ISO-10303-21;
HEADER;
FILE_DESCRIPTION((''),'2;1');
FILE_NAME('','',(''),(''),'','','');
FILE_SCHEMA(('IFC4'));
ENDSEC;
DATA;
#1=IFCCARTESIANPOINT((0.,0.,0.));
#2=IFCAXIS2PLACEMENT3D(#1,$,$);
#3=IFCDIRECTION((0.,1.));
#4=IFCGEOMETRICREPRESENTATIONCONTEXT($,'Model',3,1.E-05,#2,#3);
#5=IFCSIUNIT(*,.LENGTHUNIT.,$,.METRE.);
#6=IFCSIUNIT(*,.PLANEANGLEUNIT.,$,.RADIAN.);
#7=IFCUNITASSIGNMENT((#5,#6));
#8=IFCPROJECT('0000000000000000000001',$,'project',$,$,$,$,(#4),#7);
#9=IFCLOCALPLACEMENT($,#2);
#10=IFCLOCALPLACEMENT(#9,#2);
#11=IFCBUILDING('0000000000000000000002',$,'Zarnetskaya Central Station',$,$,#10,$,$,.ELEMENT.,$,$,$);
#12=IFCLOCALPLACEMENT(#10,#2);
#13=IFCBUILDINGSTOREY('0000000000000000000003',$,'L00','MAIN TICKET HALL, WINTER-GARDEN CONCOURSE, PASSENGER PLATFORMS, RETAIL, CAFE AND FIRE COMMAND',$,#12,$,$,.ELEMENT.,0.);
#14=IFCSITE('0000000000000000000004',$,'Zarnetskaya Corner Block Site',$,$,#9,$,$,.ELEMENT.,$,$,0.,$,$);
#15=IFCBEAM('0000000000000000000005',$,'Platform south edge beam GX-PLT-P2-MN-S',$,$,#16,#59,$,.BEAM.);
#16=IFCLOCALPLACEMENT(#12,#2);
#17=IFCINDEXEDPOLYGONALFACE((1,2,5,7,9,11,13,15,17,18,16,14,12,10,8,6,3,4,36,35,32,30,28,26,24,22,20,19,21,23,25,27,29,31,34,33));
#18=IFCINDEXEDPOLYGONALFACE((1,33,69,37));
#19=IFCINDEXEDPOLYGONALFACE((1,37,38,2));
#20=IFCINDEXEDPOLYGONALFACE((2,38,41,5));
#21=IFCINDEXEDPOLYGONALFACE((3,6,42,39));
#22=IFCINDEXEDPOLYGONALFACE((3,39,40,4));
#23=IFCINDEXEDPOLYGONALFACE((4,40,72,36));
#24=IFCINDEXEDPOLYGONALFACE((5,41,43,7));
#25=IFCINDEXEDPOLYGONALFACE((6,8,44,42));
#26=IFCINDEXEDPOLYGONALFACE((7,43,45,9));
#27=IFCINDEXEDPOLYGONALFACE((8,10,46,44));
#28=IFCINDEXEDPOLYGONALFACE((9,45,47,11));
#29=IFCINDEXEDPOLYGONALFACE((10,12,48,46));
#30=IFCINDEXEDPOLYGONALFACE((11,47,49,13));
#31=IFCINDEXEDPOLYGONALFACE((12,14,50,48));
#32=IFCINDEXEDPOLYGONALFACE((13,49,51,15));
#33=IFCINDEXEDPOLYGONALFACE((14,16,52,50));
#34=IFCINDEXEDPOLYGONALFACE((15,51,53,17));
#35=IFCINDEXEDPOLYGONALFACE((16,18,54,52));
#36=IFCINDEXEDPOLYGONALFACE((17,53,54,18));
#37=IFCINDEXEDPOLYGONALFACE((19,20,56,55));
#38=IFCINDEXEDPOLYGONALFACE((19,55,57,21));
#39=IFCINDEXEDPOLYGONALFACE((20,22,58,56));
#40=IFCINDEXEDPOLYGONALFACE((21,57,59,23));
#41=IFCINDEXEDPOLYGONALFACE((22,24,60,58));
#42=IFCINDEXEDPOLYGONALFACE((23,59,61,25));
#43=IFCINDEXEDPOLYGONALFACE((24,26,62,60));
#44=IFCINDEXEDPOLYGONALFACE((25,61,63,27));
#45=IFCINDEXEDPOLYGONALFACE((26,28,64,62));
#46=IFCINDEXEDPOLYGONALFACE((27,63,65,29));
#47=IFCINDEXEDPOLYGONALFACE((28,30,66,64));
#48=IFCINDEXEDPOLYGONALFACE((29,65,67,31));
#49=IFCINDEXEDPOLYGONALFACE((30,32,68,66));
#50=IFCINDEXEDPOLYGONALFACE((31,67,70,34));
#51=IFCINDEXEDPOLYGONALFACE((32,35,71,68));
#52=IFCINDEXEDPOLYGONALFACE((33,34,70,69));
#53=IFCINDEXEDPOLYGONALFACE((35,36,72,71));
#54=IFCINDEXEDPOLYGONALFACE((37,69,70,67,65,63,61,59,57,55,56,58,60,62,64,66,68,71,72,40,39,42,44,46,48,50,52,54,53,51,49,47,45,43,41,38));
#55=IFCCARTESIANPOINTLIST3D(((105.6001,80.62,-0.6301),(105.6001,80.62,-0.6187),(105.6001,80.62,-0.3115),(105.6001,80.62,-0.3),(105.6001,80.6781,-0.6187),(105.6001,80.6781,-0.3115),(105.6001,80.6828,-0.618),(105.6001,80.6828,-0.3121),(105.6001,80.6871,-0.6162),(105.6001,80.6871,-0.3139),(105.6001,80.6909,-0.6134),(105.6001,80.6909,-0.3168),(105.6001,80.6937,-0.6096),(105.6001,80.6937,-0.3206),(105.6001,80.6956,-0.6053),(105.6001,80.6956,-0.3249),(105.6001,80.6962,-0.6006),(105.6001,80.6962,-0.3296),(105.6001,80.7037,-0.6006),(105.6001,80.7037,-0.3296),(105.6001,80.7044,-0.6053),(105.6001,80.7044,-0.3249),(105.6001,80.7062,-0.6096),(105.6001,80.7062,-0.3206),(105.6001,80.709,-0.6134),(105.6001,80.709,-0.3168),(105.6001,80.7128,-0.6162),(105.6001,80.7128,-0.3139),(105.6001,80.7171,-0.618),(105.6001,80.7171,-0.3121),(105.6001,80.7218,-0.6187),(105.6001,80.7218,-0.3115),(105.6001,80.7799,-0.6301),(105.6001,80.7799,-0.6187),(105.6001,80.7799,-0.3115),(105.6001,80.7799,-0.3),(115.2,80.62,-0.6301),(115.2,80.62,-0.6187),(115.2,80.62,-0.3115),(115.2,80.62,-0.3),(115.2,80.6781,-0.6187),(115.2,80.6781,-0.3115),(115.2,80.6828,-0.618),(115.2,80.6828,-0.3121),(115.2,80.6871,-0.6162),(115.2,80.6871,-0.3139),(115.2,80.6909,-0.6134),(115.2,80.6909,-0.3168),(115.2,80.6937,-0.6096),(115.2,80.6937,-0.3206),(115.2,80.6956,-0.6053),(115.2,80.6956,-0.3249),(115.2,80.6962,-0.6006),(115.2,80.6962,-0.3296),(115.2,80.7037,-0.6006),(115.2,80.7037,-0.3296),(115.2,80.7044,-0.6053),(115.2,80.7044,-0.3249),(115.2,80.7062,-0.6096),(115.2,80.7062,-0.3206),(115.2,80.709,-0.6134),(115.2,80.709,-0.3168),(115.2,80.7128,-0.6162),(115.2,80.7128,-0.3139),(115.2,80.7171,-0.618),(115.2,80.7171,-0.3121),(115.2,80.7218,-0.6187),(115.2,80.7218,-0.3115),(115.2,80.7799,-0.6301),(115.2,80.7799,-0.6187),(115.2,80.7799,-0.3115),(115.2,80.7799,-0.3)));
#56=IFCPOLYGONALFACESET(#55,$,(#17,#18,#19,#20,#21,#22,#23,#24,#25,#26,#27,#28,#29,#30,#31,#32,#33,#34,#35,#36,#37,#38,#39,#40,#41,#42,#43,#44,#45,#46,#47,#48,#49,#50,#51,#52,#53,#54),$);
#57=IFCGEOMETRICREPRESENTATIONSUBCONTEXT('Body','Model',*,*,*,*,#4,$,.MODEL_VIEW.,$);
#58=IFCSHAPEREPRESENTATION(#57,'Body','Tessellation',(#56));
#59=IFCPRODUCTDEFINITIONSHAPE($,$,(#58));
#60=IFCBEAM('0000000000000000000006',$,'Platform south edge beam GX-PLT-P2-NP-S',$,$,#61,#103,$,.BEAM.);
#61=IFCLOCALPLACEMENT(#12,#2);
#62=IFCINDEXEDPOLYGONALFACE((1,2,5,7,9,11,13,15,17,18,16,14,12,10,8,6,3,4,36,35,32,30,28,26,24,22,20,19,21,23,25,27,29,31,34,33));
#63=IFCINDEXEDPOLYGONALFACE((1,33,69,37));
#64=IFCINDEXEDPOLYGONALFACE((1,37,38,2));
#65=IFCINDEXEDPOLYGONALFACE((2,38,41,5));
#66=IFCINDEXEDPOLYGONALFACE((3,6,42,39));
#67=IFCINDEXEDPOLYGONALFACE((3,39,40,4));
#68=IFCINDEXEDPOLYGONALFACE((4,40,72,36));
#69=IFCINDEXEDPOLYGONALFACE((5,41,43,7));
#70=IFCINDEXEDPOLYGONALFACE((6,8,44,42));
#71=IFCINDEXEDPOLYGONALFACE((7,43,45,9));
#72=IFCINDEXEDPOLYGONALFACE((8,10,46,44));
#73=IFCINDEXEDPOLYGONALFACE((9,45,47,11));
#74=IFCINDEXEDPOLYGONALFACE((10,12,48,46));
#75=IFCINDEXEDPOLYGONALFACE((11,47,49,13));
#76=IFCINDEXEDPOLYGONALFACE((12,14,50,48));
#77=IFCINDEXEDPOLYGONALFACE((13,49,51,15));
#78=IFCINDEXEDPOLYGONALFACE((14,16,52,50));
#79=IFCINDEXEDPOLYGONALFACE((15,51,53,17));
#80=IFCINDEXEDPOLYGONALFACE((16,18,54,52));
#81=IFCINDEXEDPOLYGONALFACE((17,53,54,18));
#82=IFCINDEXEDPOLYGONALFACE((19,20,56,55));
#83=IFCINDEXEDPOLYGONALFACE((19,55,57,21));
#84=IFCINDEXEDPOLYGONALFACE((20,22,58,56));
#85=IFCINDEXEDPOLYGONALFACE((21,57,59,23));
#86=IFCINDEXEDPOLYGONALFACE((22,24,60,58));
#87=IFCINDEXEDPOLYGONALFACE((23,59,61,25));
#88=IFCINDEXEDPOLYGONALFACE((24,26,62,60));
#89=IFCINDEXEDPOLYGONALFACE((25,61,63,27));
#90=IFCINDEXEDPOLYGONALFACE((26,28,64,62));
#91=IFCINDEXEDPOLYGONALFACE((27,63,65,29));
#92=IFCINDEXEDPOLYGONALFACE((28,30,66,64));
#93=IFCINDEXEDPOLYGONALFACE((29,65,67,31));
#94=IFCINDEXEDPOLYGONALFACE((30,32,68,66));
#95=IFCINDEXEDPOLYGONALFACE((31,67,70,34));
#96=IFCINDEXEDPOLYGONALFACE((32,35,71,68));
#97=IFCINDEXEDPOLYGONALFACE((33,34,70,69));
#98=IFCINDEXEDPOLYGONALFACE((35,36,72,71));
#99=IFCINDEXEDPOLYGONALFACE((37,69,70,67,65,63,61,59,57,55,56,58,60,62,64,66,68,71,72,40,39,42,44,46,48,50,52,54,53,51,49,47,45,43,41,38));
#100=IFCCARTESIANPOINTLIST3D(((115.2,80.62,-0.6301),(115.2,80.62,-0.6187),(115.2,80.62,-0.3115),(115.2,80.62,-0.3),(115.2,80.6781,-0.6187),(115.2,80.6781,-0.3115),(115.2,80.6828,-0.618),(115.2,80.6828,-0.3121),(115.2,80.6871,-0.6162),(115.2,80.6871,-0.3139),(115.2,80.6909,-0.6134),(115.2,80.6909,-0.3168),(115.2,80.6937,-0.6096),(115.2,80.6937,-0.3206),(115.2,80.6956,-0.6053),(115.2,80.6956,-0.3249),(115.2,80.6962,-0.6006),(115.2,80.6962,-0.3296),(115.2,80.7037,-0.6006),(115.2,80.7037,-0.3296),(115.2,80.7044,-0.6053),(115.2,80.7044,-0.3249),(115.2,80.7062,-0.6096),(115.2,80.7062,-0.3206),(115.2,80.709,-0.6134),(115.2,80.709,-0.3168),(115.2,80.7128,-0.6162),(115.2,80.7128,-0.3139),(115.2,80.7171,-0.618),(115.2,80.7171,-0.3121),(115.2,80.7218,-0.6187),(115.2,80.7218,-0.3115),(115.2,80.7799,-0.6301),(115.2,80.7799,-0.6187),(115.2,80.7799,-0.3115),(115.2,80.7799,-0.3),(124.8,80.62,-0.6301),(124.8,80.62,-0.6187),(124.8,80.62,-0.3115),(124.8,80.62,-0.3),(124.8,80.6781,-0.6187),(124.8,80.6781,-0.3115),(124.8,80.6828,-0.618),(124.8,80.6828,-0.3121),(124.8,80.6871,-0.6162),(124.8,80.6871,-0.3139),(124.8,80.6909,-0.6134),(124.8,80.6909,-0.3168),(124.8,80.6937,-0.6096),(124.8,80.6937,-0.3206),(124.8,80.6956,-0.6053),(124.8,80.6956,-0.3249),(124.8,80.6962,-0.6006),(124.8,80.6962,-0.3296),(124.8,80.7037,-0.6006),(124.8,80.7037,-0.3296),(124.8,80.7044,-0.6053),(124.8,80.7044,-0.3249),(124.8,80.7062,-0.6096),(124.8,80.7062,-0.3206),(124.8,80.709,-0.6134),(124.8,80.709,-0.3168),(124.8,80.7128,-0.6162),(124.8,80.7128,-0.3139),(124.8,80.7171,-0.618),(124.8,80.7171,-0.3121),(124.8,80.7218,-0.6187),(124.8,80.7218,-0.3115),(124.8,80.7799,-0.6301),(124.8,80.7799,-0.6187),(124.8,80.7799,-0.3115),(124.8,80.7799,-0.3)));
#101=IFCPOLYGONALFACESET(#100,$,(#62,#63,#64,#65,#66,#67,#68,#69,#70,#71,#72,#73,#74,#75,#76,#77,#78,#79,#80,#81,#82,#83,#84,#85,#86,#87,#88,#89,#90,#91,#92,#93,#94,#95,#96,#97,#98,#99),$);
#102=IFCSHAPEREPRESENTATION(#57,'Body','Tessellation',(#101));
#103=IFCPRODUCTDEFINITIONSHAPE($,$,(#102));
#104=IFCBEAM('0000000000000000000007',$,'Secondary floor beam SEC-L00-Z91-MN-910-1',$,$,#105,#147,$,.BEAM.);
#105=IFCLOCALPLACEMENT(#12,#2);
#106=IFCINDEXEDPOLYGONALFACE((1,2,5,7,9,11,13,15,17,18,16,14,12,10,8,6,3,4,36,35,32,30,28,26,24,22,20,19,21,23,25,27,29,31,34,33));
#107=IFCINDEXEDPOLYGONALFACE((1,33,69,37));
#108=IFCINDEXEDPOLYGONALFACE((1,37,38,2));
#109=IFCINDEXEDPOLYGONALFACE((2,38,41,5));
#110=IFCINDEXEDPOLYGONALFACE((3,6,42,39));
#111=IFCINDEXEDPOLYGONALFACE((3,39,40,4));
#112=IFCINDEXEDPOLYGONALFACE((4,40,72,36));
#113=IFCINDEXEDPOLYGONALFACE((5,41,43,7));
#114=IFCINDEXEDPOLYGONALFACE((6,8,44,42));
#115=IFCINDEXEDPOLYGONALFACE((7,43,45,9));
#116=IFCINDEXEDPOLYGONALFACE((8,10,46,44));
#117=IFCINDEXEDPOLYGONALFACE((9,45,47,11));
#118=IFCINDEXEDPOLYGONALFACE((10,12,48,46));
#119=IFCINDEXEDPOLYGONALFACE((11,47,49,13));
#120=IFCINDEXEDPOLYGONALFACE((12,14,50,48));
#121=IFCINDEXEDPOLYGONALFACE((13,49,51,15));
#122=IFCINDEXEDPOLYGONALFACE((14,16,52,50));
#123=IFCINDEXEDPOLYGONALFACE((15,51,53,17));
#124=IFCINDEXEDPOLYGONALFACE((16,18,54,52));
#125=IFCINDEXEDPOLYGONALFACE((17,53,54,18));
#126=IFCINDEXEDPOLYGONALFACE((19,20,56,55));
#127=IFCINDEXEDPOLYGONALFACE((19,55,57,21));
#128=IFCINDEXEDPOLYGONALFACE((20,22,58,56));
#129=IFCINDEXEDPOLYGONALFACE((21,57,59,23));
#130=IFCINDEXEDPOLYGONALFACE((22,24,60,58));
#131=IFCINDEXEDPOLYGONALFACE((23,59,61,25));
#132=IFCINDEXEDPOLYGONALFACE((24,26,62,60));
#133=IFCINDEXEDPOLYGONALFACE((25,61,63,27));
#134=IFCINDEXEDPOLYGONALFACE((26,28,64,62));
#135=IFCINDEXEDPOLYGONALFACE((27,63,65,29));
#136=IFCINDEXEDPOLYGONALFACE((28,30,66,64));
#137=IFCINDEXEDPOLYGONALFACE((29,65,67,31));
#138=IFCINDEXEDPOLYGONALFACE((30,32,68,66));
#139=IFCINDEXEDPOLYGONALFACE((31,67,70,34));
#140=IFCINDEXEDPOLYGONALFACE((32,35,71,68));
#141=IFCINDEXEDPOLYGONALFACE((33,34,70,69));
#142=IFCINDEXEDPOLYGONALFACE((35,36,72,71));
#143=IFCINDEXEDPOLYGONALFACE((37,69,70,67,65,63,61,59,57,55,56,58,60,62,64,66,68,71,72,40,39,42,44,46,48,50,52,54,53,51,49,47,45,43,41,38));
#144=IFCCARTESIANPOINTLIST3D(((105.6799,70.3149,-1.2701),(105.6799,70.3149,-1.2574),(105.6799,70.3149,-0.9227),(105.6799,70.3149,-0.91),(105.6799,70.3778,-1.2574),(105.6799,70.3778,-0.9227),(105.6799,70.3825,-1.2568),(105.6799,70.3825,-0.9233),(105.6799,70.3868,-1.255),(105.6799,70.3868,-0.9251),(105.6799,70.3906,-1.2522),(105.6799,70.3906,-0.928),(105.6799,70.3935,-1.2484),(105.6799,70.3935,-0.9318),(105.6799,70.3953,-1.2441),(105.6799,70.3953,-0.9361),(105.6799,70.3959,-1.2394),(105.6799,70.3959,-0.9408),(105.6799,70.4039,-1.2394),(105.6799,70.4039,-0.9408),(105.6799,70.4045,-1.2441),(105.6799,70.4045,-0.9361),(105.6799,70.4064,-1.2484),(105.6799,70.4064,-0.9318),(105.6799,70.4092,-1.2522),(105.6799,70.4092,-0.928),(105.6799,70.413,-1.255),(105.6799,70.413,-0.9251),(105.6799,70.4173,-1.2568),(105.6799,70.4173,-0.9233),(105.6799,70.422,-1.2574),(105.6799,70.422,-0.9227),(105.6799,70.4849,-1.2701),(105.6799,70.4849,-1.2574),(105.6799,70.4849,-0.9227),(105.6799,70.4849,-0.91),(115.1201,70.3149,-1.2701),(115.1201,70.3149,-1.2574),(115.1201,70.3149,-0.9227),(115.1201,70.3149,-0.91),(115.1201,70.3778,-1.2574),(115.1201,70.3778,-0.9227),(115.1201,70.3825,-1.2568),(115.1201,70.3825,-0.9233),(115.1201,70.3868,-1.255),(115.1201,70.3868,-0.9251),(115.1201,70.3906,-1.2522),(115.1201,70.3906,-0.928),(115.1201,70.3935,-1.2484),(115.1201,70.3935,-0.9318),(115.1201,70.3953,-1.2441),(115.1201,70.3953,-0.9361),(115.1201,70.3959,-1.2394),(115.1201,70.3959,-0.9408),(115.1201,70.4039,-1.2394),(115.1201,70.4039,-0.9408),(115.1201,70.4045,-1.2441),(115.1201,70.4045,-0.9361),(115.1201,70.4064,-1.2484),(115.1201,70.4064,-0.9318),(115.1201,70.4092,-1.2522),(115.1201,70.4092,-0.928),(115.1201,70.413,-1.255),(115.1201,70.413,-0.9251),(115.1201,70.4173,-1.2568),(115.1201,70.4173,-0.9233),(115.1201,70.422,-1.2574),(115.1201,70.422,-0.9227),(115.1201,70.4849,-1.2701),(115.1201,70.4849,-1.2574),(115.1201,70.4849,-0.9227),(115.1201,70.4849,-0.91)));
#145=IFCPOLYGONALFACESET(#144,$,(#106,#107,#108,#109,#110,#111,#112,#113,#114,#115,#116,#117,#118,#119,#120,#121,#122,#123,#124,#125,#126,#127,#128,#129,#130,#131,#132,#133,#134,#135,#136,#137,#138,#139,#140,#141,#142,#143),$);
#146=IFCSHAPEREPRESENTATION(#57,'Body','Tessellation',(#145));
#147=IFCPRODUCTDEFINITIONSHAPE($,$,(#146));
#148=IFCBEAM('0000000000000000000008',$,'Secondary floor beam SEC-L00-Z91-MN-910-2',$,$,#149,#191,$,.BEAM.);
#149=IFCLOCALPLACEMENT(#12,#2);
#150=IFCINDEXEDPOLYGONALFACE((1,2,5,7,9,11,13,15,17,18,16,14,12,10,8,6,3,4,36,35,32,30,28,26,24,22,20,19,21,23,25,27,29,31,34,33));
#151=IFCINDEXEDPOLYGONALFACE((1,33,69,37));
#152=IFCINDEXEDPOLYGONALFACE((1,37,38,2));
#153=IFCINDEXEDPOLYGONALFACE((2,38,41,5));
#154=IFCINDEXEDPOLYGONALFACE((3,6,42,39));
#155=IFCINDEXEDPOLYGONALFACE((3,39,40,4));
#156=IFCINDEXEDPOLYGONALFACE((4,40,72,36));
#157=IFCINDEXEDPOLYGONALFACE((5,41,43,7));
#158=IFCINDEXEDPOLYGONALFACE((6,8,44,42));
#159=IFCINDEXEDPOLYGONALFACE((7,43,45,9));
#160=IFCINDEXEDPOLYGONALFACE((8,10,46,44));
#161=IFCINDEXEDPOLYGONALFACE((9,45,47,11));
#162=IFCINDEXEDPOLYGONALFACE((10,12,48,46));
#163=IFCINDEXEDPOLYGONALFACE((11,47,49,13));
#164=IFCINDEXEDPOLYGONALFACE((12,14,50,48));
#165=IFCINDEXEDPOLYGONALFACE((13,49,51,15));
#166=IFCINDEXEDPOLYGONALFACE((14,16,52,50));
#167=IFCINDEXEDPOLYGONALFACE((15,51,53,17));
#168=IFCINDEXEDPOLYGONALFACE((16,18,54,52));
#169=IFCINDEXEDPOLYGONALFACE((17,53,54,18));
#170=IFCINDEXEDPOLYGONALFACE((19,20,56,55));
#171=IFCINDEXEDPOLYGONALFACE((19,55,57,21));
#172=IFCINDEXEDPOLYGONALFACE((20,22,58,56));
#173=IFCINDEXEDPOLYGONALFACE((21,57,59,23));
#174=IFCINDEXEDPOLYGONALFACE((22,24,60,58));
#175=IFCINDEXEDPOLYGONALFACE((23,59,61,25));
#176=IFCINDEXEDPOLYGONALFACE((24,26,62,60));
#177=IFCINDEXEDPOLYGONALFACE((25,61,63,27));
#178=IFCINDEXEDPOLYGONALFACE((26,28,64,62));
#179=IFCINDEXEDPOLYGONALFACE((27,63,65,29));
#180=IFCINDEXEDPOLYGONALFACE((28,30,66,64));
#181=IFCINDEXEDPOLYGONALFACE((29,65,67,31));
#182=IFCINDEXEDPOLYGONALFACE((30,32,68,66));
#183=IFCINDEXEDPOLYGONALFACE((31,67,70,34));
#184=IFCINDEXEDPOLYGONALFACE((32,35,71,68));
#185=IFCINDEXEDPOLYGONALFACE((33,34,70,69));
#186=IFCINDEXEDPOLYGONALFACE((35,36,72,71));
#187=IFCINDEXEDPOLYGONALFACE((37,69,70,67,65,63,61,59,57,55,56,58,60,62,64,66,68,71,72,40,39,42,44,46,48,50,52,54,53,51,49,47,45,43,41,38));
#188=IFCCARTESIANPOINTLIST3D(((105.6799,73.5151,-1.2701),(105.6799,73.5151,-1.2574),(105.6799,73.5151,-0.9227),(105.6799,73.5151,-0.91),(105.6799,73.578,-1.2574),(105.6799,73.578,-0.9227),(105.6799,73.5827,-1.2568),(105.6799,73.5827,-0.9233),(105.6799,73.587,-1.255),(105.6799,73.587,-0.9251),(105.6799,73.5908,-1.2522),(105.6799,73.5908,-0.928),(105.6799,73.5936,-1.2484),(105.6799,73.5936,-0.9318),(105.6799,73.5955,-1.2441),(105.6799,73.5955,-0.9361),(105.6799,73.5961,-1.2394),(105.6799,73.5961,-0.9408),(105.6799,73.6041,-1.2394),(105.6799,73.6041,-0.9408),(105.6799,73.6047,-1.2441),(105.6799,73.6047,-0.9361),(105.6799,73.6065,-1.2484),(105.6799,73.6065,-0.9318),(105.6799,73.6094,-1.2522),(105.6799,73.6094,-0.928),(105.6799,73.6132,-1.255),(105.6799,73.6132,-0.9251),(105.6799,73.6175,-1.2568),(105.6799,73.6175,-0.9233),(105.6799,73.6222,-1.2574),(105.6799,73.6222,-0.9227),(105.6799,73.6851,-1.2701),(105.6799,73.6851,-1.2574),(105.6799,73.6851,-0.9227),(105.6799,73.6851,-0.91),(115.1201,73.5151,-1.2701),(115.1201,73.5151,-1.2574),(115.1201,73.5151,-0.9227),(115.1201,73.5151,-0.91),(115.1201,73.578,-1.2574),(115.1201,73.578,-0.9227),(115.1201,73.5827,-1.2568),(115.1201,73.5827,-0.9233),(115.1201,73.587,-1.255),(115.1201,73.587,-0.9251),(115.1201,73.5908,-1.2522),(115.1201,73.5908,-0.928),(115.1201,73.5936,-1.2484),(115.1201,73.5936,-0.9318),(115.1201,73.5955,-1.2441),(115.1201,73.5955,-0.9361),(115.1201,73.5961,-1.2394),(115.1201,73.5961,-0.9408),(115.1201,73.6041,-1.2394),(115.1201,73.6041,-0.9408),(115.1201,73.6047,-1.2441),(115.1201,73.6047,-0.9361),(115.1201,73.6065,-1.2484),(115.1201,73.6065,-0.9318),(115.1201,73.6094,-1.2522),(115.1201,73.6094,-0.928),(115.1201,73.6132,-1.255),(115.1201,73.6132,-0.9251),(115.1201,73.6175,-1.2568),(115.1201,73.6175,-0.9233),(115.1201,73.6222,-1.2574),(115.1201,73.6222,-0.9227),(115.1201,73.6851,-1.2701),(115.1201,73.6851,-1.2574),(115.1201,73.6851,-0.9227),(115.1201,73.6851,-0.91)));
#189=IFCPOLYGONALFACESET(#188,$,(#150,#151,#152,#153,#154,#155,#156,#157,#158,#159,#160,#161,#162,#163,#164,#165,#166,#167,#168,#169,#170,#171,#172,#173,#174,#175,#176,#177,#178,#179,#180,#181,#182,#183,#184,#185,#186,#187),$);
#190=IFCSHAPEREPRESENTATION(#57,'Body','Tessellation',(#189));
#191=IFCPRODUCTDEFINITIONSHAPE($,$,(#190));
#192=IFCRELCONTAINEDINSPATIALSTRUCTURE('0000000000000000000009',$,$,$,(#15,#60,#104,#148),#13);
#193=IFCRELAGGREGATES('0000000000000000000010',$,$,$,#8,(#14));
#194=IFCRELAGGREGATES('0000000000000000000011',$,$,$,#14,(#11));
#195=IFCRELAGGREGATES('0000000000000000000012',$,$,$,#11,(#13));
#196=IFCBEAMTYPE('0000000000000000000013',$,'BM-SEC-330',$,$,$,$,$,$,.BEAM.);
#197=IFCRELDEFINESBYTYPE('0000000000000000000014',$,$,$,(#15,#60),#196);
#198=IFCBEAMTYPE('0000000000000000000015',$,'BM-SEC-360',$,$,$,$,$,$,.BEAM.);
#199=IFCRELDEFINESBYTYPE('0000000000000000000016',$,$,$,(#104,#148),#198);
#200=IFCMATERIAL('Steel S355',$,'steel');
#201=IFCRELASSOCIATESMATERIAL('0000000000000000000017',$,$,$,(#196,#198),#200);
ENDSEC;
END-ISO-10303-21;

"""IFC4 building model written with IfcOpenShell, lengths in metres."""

from ifc_helpers import new_model, si_unit, direction, frame, origin, origin_2d, place, context, subcontext, project, spatial, i_section, extrude, material, material_profile, profile_set, type_object, element, save


model = new_model("IFC4")

# Units and contexts
model_context = context("Model", 3, precision=1e-05, world=origin(), true_north=direction((0.0, 1.0)))
body_context = subcontext(model_context, "Body", "Model", "MODEL_VIEW")
ifc_project = project(units=[si_unit("LENGTHUNIT", "METRE"), si_unit("PLANEANGLEUNIT", "RADIAN")], contexts=[model_context])

# Site, building, storey
site_placement = place(None, origin())
site = spatial("IfcSite", under=ifc_project, at=site_placement, Name="Zarnetskaya Corner Block Site", CompositionType="ELEMENT", RefElevation=0.0)
building_placement = place(site_placement, origin())
building = spatial("IfcBuilding", under=site, at=building_placement, Name="Zarnetskaya Central Station", CompositionType="ELEMENT")
storey_placement = place(building_placement, origin())
storey = spatial("IfcBuildingStorey", under=building, at=storey_placement, Name="L00", Description="MAIN TICKET HALL, WINTER-GARDEN CONCOURSE, PASSENGER PLATFORMS, RETAIL, CAFE AND FIRE COMMAND", CompositionType="ELEMENT", Elevation=0.0)

# Shared definitions
ifc_material = material(Name="Steel S355", Category="steel")

# Beams
ifc_material_profile_1 = material_profile(ifc_material, i_section(OverallWidth=0.1599, OverallDepth=0.3301, WebThickness=0.0076, FlangeThickness=0.0115, FilletRadius=0.0181, at=origin_2d()), Name="IPE 330")
ifc_profile_set_1 = profile_set([ifc_material_profile_1], Name="Steel S355")
beam_type_1 = type_object("IfcBeamType", Name="BM-SEC-330", PredefinedType="BEAM", material=ifc_profile_set_1)
beam_1_placement = place(storey_placement, frame((105.6001, 80.7, -0.4651), z_axis=(1.0, 0.0, 0.0), x_axis=(0.0, 1.0, 0.0)))
element("IfcBeam", 1, at=beam_1_placement, inside=storey, type_object=beam_type_1, Name="Platform south edge beam GX-PLT-P2-MN-S", PredefinedType="BEAM", context=body_context, shape_type="SweptSolid", body=[
    extrude(i_section(OverallWidth=0.1599, OverallDepth=0.3301, WebThickness=0.0076, FlangeThickness=0.0115, FilletRadius=0.0181, at=origin_2d()), origin(), (0.0, 0.0, 1.0), 9.5999),
])
beam_2_placement = place(storey_placement, frame((115.2, 80.7, -0.4651), z_axis=(1.0, 0.0, 0.0), x_axis=(0.0, 1.0, 0.0)))
element("IfcBeam", 2, at=beam_2_placement, inside=storey, type_object=beam_type_1, Name="Platform south edge beam GX-PLT-P2-NP-S", PredefinedType="BEAM", context=body_context, shape_type="SweptSolid", body=[
    extrude(i_section(OverallWidth=0.1599, OverallDepth=0.3301, WebThickness=0.0076, FlangeThickness=0.0115, FilletRadius=0.0181, at=origin_2d()), origin(), (0.0, 0.0, 1.0), 9.6001),
])
ifc_material_profile_2 = material_profile(ifc_material, i_section(OverallWidth=0.1699, OverallDepth=0.3601, WebThickness=0.0081, FlangeThickness=0.0127, FilletRadius=0.0181, at=origin_2d()), Name="IPE 360")
ifc_profile_set_2 = profile_set([ifc_material_profile_2], Name="Steel S355")
beam_type_2 = type_object("IfcBeamType", Name="BM-SEC-360", PredefinedType="BEAM", material=ifc_profile_set_2)
for number, where, z_axis, x_axis, name in (
    (3, (105.6799, 70.3999, -1.0901), (1.0, 0.0, 0.0), (0.0, 1.0, 0.0), "Secondary floor beam SEC-L00-Z91-MN-910-1"),
    (4, (105.6799, 73.6001, -1.0901), (1.0, 0.0, 0.0), (0.0, 1.0, 0.0), "Secondary floor beam SEC-L00-Z91-MN-910-2"),
):
    element("IfcBeam", number, at=place(storey_placement, frame(where, z_axis=z_axis, x_axis=x_axis)), inside=storey, type_object=beam_type_2, Name=name, PredefinedType="BEAM", context=body_context, shape_type="SweptSolid", body=[
        extrude(i_section(OverallWidth=0.1699, OverallDepth=0.3601, WebThickness=0.0081, FlangeThickness=0.0127, FilletRadius=0.0181, at=origin_2d()), origin(), (0.0, 0.0, 1.0), 9.4402),
    ])

save(model, "model.ifc")
